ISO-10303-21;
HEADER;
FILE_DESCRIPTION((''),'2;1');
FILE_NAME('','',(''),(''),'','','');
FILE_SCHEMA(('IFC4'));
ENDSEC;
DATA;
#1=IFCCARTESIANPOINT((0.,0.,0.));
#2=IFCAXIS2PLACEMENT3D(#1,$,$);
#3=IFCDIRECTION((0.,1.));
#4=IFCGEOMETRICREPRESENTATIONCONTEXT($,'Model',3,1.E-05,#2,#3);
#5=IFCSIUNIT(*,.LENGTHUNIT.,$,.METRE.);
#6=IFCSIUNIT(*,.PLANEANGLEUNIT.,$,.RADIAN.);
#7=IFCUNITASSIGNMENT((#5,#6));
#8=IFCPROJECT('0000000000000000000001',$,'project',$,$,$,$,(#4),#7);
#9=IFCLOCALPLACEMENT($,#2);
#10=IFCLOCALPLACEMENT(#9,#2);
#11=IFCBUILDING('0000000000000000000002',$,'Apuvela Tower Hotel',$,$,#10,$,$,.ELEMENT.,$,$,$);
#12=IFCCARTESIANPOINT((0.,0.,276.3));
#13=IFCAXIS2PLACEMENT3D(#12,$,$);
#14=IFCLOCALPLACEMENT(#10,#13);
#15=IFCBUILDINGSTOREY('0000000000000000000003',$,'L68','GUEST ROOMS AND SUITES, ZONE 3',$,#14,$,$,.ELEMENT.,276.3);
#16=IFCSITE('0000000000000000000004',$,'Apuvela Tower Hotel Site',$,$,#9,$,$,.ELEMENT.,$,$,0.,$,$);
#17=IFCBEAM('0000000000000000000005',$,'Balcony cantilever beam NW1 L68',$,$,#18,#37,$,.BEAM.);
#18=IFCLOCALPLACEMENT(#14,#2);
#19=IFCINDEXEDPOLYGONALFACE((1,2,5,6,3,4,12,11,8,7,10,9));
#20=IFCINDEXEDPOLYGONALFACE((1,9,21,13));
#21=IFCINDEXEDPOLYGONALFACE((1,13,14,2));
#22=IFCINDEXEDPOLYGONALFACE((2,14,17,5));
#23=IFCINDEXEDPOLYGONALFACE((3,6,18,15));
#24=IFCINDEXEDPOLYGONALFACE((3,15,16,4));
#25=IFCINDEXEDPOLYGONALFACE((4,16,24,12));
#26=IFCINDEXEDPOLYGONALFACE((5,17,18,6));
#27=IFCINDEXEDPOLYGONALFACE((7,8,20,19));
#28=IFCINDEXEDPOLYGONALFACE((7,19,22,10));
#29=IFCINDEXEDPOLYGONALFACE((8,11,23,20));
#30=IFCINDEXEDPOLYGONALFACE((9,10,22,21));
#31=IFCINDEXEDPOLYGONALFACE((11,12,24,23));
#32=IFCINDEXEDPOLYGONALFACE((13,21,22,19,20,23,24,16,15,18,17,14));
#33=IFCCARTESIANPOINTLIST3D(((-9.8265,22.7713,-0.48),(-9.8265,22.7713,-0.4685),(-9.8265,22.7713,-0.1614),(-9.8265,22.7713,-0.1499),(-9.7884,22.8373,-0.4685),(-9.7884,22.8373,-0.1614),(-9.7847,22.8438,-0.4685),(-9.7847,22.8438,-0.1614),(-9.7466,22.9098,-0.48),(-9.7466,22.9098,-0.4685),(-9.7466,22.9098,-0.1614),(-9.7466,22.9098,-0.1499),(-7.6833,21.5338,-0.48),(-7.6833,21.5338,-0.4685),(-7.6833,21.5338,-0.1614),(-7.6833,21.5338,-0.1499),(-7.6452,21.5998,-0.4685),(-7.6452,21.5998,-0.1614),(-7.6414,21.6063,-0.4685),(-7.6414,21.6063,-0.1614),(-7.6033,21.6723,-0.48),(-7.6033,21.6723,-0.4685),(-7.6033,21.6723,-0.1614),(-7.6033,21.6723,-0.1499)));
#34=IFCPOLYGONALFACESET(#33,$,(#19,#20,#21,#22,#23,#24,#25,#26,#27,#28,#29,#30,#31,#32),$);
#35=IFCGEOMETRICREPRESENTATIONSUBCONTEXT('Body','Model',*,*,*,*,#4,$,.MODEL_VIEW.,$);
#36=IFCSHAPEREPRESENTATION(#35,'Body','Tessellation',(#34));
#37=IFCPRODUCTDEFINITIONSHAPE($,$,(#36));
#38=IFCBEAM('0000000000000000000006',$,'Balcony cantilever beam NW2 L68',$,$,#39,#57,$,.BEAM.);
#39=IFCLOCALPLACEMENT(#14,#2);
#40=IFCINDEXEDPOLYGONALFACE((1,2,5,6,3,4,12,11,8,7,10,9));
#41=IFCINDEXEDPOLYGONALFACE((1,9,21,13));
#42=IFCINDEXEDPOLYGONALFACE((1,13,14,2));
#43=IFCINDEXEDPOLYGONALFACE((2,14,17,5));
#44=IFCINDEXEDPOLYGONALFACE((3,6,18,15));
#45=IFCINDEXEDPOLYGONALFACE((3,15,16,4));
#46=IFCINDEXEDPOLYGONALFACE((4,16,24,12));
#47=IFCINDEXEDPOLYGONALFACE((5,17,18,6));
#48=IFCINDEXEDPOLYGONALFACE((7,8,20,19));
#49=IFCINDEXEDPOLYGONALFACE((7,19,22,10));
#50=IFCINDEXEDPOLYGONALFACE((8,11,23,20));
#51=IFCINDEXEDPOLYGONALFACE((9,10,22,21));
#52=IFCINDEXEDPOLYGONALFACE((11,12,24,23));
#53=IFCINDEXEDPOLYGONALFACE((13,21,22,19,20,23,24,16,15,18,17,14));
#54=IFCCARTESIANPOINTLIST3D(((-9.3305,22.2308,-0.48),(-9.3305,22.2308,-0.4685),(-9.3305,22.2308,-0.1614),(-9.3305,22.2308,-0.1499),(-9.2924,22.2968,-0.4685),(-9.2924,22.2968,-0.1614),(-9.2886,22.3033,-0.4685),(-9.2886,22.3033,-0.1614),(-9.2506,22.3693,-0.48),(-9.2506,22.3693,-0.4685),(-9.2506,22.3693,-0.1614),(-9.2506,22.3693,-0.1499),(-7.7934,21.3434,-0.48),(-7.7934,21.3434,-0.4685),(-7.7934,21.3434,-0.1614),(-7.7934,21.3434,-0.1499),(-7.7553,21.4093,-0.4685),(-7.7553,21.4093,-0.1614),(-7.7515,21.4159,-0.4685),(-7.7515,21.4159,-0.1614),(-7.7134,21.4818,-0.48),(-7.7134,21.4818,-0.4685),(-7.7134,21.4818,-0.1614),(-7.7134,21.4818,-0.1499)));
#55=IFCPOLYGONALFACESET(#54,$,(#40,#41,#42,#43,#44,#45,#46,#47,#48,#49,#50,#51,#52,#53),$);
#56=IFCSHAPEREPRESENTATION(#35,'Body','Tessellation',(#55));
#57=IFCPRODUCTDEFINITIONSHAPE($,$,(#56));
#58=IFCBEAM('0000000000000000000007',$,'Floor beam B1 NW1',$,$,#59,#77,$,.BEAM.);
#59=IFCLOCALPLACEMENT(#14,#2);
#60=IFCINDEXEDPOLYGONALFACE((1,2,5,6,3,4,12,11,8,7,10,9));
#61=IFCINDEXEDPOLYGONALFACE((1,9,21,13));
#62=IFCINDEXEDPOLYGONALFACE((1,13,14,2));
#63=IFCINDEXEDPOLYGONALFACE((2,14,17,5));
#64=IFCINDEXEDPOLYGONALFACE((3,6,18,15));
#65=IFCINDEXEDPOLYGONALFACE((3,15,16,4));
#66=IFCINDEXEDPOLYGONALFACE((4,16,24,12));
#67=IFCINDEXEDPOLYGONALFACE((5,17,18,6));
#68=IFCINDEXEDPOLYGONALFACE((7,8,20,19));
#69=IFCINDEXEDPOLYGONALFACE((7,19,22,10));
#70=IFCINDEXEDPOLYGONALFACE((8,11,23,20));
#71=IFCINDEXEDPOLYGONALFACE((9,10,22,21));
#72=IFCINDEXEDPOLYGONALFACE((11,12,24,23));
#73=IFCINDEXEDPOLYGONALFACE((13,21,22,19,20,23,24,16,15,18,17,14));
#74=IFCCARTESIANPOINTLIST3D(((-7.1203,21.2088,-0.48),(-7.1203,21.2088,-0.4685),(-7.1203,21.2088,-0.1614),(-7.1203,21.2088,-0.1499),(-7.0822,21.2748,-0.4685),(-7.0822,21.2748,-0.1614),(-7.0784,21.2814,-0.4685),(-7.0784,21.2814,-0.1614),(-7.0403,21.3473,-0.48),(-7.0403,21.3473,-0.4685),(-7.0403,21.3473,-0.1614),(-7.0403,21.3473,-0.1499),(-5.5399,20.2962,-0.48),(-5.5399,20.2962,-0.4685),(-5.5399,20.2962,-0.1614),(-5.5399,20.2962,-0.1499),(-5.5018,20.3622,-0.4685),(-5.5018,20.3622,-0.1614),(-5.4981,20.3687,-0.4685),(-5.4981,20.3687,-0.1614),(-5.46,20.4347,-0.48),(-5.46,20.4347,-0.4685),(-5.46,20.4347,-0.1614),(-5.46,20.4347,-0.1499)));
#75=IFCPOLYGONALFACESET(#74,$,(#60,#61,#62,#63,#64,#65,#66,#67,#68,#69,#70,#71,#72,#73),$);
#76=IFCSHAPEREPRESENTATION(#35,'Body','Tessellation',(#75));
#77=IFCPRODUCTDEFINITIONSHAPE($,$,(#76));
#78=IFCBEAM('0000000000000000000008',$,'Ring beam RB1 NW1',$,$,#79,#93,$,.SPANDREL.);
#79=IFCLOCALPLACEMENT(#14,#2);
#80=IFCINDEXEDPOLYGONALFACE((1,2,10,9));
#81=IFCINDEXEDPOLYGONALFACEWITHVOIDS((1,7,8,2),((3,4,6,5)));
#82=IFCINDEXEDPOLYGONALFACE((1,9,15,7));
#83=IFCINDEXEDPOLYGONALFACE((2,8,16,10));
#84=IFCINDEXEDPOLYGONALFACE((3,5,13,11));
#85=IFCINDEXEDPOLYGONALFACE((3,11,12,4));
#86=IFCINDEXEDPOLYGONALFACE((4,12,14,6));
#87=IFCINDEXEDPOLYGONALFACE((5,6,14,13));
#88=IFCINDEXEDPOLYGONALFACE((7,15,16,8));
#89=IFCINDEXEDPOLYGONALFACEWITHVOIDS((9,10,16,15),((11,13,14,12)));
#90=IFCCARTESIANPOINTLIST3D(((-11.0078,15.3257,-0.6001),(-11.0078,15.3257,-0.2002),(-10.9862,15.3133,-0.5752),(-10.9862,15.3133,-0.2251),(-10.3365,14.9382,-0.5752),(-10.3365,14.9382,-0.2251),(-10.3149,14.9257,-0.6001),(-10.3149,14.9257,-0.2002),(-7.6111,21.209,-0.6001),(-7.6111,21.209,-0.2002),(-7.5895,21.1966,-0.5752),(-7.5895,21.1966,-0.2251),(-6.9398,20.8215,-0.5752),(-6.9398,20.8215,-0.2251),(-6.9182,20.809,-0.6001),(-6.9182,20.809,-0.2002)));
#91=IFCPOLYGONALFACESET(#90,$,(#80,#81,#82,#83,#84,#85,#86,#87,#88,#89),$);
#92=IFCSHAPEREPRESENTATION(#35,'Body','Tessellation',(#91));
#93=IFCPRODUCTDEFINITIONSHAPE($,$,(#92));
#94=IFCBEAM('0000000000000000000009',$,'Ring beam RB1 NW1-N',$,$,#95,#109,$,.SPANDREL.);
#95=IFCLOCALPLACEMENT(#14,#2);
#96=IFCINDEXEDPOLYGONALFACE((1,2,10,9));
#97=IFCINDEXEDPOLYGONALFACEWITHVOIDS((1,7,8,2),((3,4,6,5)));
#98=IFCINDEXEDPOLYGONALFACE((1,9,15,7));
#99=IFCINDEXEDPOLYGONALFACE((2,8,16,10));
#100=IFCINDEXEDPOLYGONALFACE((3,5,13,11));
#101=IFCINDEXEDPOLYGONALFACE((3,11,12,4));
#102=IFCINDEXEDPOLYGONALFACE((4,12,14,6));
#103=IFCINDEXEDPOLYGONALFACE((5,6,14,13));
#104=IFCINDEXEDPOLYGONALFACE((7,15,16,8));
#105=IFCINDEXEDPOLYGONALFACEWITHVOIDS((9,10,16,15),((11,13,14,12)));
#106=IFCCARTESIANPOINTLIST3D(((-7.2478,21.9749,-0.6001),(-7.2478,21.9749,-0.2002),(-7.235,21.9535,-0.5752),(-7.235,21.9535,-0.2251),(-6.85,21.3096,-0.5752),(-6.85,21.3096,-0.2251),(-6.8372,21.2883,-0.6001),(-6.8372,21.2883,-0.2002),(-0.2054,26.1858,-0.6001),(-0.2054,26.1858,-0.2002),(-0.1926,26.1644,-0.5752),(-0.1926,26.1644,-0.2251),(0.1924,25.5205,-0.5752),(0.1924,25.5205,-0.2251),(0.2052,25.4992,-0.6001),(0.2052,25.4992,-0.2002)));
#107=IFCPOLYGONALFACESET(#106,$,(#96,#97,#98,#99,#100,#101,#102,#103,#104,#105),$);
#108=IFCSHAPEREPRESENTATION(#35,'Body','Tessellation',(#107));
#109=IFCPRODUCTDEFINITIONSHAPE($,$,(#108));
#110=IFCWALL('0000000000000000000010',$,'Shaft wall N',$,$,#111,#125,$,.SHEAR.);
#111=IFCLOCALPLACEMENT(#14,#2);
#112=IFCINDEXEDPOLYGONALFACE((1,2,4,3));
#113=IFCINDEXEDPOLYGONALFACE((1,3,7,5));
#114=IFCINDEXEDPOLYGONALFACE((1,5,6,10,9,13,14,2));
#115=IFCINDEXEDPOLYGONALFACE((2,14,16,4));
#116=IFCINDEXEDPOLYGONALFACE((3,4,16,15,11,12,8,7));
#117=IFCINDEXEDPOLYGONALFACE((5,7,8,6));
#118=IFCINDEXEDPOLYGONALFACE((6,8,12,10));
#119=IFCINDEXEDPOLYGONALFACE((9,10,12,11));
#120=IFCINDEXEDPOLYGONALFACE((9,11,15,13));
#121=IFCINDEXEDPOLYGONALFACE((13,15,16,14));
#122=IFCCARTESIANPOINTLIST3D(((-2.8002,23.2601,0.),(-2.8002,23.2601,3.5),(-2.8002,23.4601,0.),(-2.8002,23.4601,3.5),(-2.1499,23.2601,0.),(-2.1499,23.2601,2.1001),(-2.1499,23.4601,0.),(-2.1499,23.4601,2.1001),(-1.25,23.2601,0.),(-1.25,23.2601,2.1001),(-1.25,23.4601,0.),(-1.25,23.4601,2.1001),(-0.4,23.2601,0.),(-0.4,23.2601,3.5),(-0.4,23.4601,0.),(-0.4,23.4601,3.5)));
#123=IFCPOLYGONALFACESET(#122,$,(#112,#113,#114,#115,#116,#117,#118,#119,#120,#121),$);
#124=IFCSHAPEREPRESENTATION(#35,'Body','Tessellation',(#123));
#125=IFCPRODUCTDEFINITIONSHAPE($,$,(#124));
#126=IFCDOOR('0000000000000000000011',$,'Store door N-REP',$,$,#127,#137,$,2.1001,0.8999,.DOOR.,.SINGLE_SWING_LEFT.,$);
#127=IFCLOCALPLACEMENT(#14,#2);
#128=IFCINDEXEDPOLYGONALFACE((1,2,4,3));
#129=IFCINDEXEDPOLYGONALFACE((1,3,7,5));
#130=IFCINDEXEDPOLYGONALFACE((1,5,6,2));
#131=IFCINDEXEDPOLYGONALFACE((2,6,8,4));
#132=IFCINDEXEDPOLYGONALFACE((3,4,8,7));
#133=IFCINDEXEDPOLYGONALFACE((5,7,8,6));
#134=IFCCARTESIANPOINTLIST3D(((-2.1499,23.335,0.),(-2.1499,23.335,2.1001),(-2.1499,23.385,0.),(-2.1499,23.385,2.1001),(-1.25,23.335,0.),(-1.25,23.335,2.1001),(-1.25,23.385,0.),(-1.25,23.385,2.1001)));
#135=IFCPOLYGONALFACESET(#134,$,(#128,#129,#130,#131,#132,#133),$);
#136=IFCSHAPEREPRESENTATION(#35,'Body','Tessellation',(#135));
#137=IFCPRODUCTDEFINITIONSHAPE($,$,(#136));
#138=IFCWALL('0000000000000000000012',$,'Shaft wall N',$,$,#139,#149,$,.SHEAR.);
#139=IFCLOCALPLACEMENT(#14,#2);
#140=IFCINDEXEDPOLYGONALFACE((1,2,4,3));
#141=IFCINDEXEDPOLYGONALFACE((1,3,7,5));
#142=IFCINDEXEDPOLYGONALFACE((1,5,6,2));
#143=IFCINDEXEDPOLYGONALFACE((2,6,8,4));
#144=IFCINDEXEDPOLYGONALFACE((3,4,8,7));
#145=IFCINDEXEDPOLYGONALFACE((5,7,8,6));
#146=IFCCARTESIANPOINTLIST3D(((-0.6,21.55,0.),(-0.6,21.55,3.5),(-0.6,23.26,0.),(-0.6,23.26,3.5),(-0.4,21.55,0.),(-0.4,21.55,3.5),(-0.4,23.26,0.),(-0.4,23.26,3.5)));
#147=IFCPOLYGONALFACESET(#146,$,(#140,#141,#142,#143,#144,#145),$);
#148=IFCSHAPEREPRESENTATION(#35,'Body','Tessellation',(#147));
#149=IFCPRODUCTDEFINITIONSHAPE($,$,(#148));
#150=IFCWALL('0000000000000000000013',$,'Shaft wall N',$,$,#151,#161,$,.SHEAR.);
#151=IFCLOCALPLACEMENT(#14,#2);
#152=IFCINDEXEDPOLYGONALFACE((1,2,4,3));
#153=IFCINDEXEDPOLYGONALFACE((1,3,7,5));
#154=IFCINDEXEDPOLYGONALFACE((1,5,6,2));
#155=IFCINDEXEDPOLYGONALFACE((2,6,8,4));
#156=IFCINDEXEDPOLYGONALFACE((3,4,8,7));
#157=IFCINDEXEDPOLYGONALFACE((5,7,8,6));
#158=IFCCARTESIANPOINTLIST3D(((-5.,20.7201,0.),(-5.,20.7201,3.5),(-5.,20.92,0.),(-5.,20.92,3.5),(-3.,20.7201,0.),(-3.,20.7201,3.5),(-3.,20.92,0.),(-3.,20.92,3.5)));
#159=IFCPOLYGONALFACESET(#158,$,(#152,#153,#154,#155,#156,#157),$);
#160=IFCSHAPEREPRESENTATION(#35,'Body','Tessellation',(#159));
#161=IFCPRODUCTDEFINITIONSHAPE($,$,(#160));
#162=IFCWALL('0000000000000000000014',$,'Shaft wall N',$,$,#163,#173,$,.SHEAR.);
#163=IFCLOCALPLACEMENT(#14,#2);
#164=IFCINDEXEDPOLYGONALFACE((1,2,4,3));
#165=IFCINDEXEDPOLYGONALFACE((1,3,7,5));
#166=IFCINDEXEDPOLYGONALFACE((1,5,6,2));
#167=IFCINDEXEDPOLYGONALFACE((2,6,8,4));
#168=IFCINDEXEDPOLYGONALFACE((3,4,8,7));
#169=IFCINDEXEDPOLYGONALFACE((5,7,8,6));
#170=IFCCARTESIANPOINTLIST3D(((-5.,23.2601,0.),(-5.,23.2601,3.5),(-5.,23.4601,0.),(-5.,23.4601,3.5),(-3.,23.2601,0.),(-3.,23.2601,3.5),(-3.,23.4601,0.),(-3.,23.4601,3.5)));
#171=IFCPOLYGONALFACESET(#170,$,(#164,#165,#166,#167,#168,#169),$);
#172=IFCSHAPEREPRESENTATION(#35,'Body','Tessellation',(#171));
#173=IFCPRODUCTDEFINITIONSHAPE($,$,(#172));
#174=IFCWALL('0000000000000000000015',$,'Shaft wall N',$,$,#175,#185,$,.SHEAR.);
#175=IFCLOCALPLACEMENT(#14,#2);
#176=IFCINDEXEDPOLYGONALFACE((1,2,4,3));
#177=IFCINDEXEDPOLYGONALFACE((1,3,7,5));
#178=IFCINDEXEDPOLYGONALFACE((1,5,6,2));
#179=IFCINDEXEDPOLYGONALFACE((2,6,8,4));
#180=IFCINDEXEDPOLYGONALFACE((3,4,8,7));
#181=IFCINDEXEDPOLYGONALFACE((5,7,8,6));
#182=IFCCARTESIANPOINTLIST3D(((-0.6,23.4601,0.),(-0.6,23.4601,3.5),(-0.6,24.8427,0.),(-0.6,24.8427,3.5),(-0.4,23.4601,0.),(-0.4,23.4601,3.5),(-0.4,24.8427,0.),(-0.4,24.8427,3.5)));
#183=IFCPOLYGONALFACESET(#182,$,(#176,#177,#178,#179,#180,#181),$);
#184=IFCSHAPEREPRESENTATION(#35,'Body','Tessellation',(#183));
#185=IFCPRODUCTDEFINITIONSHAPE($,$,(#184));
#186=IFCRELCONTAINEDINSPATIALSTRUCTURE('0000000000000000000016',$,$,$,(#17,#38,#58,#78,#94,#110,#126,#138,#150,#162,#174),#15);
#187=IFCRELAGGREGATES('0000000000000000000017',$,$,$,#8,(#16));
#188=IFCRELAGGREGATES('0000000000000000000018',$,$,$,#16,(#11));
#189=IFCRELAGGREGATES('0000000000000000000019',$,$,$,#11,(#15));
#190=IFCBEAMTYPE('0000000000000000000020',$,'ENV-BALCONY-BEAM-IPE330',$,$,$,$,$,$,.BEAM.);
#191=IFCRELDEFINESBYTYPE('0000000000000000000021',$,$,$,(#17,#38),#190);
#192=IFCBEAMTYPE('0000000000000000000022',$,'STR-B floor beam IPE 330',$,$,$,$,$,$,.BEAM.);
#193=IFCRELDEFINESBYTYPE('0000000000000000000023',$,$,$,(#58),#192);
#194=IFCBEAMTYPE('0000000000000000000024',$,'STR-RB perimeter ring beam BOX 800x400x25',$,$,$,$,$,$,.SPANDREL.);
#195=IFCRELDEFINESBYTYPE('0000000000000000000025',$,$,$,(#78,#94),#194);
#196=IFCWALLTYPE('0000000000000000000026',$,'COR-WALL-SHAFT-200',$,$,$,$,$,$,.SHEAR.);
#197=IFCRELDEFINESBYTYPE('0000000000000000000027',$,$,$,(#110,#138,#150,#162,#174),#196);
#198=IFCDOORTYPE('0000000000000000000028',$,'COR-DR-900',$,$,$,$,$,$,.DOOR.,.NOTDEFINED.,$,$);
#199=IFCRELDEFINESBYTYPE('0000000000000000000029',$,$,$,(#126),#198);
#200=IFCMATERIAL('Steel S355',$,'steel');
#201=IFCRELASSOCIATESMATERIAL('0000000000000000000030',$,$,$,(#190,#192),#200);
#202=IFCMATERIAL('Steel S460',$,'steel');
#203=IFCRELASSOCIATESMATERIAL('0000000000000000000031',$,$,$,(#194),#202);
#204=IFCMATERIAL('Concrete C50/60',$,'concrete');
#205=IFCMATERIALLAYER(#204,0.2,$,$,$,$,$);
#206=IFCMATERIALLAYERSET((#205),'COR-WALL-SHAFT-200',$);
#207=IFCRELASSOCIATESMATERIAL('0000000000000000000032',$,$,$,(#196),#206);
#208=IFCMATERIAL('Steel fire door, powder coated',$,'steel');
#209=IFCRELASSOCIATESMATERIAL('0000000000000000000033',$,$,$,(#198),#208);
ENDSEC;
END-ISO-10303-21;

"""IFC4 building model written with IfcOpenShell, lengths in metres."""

from ifc_helpers import new_model, si_unit, direction, frame, frame_2d, origin, origin_2d, place, context, subcontext, project, spatial, rectangle, hollow_rectangle, i_section, extrude, material, layer, layer_set, material_profile, profile_set, type_object, element, fill, save


model = new_model("IFC4")

# Units and contexts
model_context = context("Model", 3, precision=1e-05, world=origin(), true_north=direction((0.0, 1.0)))
body_context = subcontext(model_context, "Body", "Model", "MODEL_VIEW")
ifc_project = project(units=[si_unit("LENGTHUNIT", "METRE"), si_unit("PLANEANGLEUNIT", "RADIAN")], contexts=[model_context])

# Site, building, storey
site_placement = place(None, origin())
site = spatial("IfcSite", under=ifc_project, at=site_placement, Name="Apuvela Tower Hotel Site", CompositionType="ELEMENT", RefElevation=0.0)
building_placement = place(site_placement, origin())
building = spatial("IfcBuilding", under=site, at=building_placement, Name="Apuvela Tower Hotel", CompositionType="ELEMENT")
storey_placement = place(building_placement, frame((0.0, 0.0, 276.3)))
storey = spatial("IfcBuildingStorey", under=building, at=storey_placement, Name="L68", Description="GUEST ROOMS AND SUITES, ZONE 3", CompositionType="ELEMENT", Elevation=276.3)

# Shared definitions
ifc_material_1 = material(Name="Steel S460", Category="steel")

# Beams
ifc_material_2 = material(Name="Steel S355", Category="steel")
ifc_material_profile_1 = material_profile(ifc_material_2, i_section(OverallWidth=0.1599, OverallDepth=0.3301, WebThickness=0.0076, FlangeThickness=0.0115, at=origin_2d()), Name="IPE 330")
ifc_profile_set_1 = profile_set([ifc_material_profile_1], Name="Steel S355")
beam_type_1 = type_object("IfcBeamType", Name="ENV-BALCONY-BEAM-IPE330", PredefinedType="BEAM", material=ifc_profile_set_1)
beam_1_placement = place(storey_placement, frame((-7.6433, 21.603, -0.3149), z_axis=(-0.866007, 0.500033, 0.0), x_axis=(-0.500033, -0.866007, 0.0)))
element("IfcBeam", 1, at=beam_1_placement, inside=storey, type_object=beam_type_1, Name="Balcony cantilever beam NW1 L68", PredefinedType="BEAM", context=body_context, shape_type="SweptSolid", body=[
    extrude(i_section(OverallWidth=0.1599, OverallDepth=0.3301, WebThickness=0.0076, FlangeThickness=0.0115, at=origin_2d()), origin(), (0.0, 0.0, 1.0), 2.4749),
])
beam_2_placement = place(storey_placement, frame((-7.7534, 21.4126, -0.3149), z_axis=(-0.866025, 0.5, 0.0), x_axis=(-0.5, -0.866025, 0.0)))
element("IfcBeam", 2, at=beam_2_placement, inside=storey, type_object=beam_type_1, Name="Balcony cantilever beam NW2 L68", PredefinedType="BEAM", context=body_context, shape_type="SweptSolid", body=[
    extrude(i_section(OverallWidth=0.1599, OverallDepth=0.3301, WebThickness=0.0076, FlangeThickness=0.0115, at=origin_2d()), origin(), (0.0, 0.0, 1.0), 1.7749),
])
ifc_material_profile_2 = material_profile(ifc_material_2, i_section(OverallWidth=0.1599, OverallDepth=0.3301, WebThickness=0.0076, FlangeThickness=0.0115, at=origin_2d()), Name="IPE 330")
ifc_profile_set_2 = profile_set([ifc_material_profile_2], Name="Steel S355")
beam_type_2 = type_object("IfcBeamType", Name="STR-B floor beam IPE 330", PredefinedType="BEAM", material=ifc_profile_set_2)
beam_3_placement = place(storey_placement, frame((-7.0803, 21.2781, -0.3149), z_axis=(0.865978, -0.500081, 0.0), x_axis=(0.500081, 0.865978, 0.0)))
element("IfcBeam", 3, at=beam_3_placement, inside=storey, type_object=beam_type_2, Name="Floor beam B1 NW1", PredefinedType="BEAM", context=body_context, shape_type="SweptSolid", body=[
    extrude(i_section(OverallWidth=0.1599, OverallDepth=0.3301, WebThickness=0.0076, FlangeThickness=0.0115, at=origin_2d()), origin(), (0.0, 0.0, 1.0), 1.825),
])
ifc_material_profile_3 = material_profile(ifc_material_1, hollow_rectangle(XDim=0.8, YDim=0.3999, WallThickness=0.0249, at=origin_2d()), Name="BOX 800x400x25")
ifc_profile_set_3 = profile_set([ifc_material_profile_3], Name="Steel S460")
beam_type_3 = type_object("IfcBeamType", Name="STR-RB perimeter ring beam BOX 800x400x25", PredefinedType="SPANDREL", material=ifc_profile_set_3)
beam_4_placement = place(storey_placement, frame((-7.2646, 21.009, -0.4001), z_axis=(-0.5, -0.866025, 0.0), x_axis=(0.866025, -0.5, 0.0)))
element("IfcBeam", 4, at=beam_4_placement, inside=storey, type_object=beam_type_3, Name="Ring beam RB1 NW1", PredefinedType="SPANDREL", context=body_context, shape_type="SweptSolid", body=[
    extrude(hollow_rectangle(XDim=0.8, YDim=0.3999, WallThickness=0.0249, at=origin_2d()), origin(), (0.0, 0.0, 1.0), 6.7935),
])
beam_5_placement = place(storey_placement, frame((-7.0425, 21.6316, -0.4001), z_axis=(0.858274, 0.513191, 0.0), x_axis=(-0.513191, 0.858274, 0.0)))
element("IfcBeam", 5, at=beam_5_placement, inside=storey, type_object=beam_type_3, Name="Ring beam RB1 NW1-N", PredefinedType="SPANDREL", context=body_context, shape_type="SweptSolid", body=[
    extrude(hollow_rectangle(XDim=0.8, YDim=0.3999, WallThickness=0.0249, at=origin_2d()), origin(), (0.0, 0.0, 1.0), 8.2053),
])

# Wall, opening, door
ifc_material_3 = material(Name="Concrete C50/60", Category="concrete")
ifc_layer_1 = layer(ifc_material_3, 0.2)
ifc_layer_set_1 = layer_set([ifc_layer_1], Name="COR-WALL-SHAFT-200")
wall_type_1 = type_object("IfcWallType", Name="COR-WALL-SHAFT-200", PredefinedType="SHEAR", material=ifc_layer_set_1)
wall_1_placement = place(storey_placement, frame((-0.3999, 23.3601, 0.0), z_axis=(0.0, 0.0, 1.0), x_axis=(-1.0, 0.0, 0.0)))
wall_1 = element("IfcWall", 6, at=wall_1_placement, inside=storey, type_object=wall_type_1, Name="Shaft wall N", PredefinedType="SHEAR", context=body_context, shape_type="SweptSolid", body=[
    extrude(rectangle(XDim=2.4001, YDim=0.2, at=frame_2d((1.2002, 0.0))), origin(), (0.0, 0.0, 1.0), 3.5),
])
opening_1_placement = place(wall_1_placement, frame((0.8501, 0.0, 0.0)))
opening_1 = element("IfcOpeningElement", 7, at=opening_1_placement, cuts=wall_1, PredefinedType="OPENING", context=body_context, shape_type="SweptSolid", body=[
    extrude(rectangle(XDim=0.8999, YDim=2.1001, at=frame_2d((0.45, 1.05))), frame((0.0, 0.1099, 0.0), z_axis=(0.0, -1.0, 0.0), x_axis=(1.0, 0.0, 0.0)), (0.0, 0.0, 1.0), 0.22),
])
ifc_material_4 = material(Name="Steel fire door, powder coated", Category="steel")
door_type_1 = type_object("IfcDoorType", Name="COR-DR-900", OperationType="NOTDEFINED", PredefinedType="DOOR", material=ifc_material_4)
door_1_placement = place(opening_1_placement, frame((0.8999, 0.0, 0.0), z_axis=(0.0, 0.0, 1.0), x_axis=(-1.0, 0.0, 0.0)))
door_1 = element("IfcDoor", 8, at=door_1_placement, inside=storey, type_object=door_type_1, Name="Store door N-REP", OperationType="SINGLE_SWING_LEFT", OverallHeight=2.1001, OverallWidth=0.8999, PredefinedType="DOOR", context=body_context, shape_type="SweptSolid", body=[
    extrude(rectangle(XDim=0.8999, YDim=2.1001, at=frame_2d((0.45, 1.05))), frame((0.0, 0.0249, 0.0), z_axis=(0.0, -1.0, 0.0), x_axis=(1.0, 0.0, 0.0)), (0.0, 0.0, 1.0), 0.05),
])
fill(opening_1, door_1)

# Walls
wall_2_placement = place(storey_placement, frame((-0.5, 21.55, 0.0), z_axis=(0.0, 0.0, 1.0), x_axis=(0.0, 1.0, 0.0)))
element("IfcWall", 9, at=wall_2_placement, inside=storey, type_object=wall_type_1, Name="Shaft wall N", PredefinedType="SHEAR", context=body_context, shape_type="SweptSolid", body=[
    extrude(rectangle(XDim=1.71, YDim=0.2, at=frame_2d((0.855, 0.0))), origin(), (0.0, 0.0, 1.0), 3.5),
])
for number, where, z_axis, x_axis, name in (
    (10, (-3.0, 20.8201, 0.0), (0.0, 0.0, 1.0), (-1.0, 0.0, 0.0), "Shaft wall N"),
    (11, (-3.0, 23.3601, 0.0), (0.0, 0.0, 1.0), (-1.0, 0.0, 0.0), "Shaft wall N"),
):
    element("IfcWall", number, at=place(storey_placement, frame(where, z_axis=z_axis, x_axis=x_axis)), inside=storey, type_object=wall_type_1, Name=name, PredefinedType="SHEAR", context=body_context, shape_type="SweptSolid", body=[
        extrude(rectangle(XDim=2.0, YDim=0.2, at=frame_2d((1.0, 0.0))), origin(), (0.0, 0.0, 1.0), 3.5),
    ])
wall_3_placement = place(storey_placement, frame((-0.5, 23.46, 0.0), z_axis=(0.0, 0.0, 1.0), x_axis=(0.0, 1.0, 0.0)))
element("IfcWall", 12, at=wall_3_placement, inside=storey, type_object=wall_type_1, Name="Shaft wall N", PredefinedType="SHEAR", context=body_context, shape_type="SweptSolid", body=[
    extrude(rectangle(XDim=1.3826, YDim=0.2, at=frame_2d((0.6914, 0.0))), origin(), (0.0, 0.0, 1.0), 3.5),
])

save(model, "model.ifc")
